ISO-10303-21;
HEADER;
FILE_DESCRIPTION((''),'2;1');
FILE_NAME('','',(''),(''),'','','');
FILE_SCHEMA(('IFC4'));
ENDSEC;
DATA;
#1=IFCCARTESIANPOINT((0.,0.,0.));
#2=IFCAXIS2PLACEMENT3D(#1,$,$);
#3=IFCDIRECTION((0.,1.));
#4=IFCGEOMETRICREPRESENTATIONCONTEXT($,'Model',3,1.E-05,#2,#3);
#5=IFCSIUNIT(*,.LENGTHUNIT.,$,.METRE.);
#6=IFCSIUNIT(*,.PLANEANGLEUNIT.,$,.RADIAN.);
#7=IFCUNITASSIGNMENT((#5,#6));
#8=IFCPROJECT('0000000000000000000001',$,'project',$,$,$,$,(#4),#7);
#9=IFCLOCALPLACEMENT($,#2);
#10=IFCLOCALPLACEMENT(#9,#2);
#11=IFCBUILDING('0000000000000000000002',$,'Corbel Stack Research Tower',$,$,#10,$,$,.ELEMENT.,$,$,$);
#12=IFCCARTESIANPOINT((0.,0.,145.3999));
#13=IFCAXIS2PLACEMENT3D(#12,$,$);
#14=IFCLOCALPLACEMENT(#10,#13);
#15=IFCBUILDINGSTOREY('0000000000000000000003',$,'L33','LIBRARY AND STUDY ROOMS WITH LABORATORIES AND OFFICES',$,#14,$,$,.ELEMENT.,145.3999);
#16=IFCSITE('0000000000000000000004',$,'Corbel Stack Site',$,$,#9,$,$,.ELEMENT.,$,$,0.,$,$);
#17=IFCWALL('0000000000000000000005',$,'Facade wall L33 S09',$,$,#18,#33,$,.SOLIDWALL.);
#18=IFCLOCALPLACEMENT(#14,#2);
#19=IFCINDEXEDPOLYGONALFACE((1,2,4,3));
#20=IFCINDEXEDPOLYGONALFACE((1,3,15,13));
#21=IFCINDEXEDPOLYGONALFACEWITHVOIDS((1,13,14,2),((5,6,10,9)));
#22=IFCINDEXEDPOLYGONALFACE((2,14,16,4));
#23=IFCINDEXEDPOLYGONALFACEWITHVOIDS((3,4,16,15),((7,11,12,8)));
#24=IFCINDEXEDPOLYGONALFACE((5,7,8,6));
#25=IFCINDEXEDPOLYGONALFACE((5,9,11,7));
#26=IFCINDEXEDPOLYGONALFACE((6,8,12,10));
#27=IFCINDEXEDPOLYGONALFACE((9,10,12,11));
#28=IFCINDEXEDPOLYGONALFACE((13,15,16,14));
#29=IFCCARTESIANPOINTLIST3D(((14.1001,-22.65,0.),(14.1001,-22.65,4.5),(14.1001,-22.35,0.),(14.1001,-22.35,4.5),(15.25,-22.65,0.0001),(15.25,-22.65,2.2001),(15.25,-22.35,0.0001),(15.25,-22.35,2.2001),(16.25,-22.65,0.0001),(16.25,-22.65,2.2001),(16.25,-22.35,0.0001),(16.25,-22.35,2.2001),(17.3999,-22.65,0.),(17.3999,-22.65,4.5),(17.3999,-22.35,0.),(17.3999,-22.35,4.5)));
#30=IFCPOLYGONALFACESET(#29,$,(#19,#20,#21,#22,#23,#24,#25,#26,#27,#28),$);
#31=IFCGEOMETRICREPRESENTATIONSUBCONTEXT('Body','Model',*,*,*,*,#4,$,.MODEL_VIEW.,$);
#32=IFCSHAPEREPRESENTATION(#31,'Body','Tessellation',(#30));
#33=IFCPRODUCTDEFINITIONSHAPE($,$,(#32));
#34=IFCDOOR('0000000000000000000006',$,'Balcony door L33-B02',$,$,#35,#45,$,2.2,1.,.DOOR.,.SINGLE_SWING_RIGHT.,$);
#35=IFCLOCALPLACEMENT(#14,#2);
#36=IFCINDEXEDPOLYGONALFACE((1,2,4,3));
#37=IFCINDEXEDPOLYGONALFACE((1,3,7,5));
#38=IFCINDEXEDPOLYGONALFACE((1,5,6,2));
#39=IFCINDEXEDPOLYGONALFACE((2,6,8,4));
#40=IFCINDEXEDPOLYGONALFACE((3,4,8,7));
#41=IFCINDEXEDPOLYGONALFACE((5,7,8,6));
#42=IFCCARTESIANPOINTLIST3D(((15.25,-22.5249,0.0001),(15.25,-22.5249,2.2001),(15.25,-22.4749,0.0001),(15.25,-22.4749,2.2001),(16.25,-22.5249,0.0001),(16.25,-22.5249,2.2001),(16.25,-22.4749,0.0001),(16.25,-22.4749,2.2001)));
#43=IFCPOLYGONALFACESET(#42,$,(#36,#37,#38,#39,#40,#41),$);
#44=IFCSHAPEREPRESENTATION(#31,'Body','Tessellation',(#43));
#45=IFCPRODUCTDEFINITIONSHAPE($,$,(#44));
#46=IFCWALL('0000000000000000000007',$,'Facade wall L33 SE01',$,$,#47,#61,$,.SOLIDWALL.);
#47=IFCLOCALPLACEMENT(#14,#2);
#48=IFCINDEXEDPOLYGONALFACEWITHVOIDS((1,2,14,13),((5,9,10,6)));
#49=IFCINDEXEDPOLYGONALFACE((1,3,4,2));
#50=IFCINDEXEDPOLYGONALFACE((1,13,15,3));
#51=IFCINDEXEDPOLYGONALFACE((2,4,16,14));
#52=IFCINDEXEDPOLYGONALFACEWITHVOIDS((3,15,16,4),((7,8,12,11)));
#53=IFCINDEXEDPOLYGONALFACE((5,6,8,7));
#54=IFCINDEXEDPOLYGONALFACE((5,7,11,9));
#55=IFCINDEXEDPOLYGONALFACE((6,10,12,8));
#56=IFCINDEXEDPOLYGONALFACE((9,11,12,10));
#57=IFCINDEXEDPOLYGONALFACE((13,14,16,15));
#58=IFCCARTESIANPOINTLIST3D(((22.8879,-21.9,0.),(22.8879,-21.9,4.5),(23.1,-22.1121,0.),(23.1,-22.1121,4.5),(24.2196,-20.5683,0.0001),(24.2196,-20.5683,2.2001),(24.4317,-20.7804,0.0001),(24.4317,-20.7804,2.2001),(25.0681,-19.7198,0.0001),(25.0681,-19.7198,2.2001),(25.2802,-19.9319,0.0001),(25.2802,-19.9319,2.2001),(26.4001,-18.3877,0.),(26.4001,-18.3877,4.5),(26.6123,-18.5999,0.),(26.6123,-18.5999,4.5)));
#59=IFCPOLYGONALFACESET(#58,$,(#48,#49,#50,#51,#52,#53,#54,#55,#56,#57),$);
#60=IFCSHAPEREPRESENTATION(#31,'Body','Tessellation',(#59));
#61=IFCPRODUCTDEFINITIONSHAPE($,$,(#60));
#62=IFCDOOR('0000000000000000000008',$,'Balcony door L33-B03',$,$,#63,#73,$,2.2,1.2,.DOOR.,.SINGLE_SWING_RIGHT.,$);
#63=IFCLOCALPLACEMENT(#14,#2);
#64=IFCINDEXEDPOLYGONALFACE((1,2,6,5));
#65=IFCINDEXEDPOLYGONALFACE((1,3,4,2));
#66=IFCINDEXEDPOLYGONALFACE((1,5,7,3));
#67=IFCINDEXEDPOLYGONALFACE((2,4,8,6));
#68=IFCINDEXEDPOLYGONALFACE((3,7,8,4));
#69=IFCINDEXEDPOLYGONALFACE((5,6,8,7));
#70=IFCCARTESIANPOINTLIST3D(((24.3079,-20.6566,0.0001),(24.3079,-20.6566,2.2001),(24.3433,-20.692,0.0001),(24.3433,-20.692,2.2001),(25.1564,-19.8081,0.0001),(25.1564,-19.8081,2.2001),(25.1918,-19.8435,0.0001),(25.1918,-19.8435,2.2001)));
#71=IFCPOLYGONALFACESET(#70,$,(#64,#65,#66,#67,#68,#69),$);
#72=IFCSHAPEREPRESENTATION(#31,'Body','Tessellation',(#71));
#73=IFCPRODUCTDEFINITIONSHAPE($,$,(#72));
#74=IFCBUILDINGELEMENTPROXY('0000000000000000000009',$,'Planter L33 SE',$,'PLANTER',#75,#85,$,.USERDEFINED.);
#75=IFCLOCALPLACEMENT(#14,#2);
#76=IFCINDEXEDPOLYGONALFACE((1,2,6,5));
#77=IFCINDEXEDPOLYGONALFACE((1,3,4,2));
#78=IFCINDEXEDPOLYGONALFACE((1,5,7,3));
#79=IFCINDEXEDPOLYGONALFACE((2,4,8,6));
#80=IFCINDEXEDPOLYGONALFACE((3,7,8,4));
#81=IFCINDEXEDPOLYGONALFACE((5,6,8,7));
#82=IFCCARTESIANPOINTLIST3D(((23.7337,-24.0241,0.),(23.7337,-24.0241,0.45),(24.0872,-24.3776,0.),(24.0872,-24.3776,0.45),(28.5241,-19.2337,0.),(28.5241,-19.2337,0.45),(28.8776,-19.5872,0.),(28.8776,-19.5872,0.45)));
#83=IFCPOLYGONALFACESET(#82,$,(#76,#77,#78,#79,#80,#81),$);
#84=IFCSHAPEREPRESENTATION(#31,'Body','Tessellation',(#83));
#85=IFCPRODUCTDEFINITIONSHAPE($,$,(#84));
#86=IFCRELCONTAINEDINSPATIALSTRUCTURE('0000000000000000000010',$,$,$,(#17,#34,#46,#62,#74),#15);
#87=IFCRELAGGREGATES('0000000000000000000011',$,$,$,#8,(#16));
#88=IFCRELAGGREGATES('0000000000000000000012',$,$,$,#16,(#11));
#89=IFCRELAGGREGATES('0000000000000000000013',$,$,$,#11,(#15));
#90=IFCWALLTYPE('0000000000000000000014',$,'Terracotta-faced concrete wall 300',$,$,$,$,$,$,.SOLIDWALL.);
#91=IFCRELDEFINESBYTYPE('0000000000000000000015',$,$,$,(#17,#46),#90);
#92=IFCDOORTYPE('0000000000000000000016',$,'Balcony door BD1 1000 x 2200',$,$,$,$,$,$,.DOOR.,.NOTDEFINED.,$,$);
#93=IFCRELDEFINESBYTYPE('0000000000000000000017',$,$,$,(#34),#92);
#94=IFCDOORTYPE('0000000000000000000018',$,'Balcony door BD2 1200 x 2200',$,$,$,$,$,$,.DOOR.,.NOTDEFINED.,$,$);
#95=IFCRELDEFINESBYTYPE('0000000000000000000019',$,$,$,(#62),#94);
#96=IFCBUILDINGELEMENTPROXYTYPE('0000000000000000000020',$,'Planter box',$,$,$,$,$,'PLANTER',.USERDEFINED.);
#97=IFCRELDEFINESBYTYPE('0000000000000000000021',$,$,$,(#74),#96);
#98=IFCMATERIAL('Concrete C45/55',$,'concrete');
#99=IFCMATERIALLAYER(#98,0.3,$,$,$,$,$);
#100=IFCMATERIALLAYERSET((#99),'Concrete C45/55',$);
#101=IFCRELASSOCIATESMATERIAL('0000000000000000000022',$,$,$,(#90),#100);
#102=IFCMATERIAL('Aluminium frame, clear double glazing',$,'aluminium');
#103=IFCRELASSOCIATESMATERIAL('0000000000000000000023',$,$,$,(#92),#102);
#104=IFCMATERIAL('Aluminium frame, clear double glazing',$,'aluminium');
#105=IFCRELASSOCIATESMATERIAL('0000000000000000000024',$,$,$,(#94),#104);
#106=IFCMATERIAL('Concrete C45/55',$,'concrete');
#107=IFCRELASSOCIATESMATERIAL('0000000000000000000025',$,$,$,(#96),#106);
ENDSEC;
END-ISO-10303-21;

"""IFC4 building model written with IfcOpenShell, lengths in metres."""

from ifc_helpers import new_model, si_unit, direction, frame, frame_2d, origin, origin_2d, place, context, subcontext, project, spatial, rectangle, extrude, material, layer, layer_set, type_object, element, fill, save


model = new_model("IFC4")

# Units and contexts
model_context = context("Model", 3, precision=1e-05, world=origin(), true_north=direction((0.0, 1.0)))
body_context = subcontext(model_context, "Body", "Model", "MODEL_VIEW")
ifc_project = project(units=[si_unit("LENGTHUNIT", "METRE"), si_unit("PLANEANGLEUNIT", "RADIAN")], contexts=[model_context])

# Site, building, storey
site_placement = place(None, origin())
site = spatial("IfcSite", under=ifc_project, at=site_placement, Name="Corbel Stack Site", CompositionType="ELEMENT", RefElevation=0.0)
building_placement = place(site_placement, origin())
building = spatial("IfcBuilding", under=site, at=building_placement, Name="Corbel Stack Research Tower", CompositionType="ELEMENT")
storey_placement = place(building_placement, frame((0.0, 0.0, 145.3999)))
storey = spatial("IfcBuildingStorey", under=building, at=storey_placement, Name="L33", Description="LIBRARY AND STUDY ROOMS WITH LABORATORIES AND OFFICES", CompositionType="ELEMENT", Elevation=145.3999)

# Walls, openings, doors
ifc_material_1 = material(Name="Concrete C45/55", Category="concrete")
ifc_layer_1 = layer(ifc_material_1, 0.3)
ifc_layer_set_1 = layer_set([ifc_layer_1], Name="Concrete C45/55")
wall_type_1 = type_object("IfcWallType", Name="Terracotta-faced concrete wall 300", PredefinedType="SOLIDWALL", material=ifc_layer_set_1)
wall_1_placement = place(storey_placement, frame((17.3999, -22.5, 0.0), z_axis=(0.0, 0.0, 1.0), x_axis=(-1.0, 0.0, 0.0)))
wall_1 = element("IfcWall", 1, at=wall_1_placement, inside=storey, type_object=wall_type_1, Name="Facade wall L33 S09", PredefinedType="SOLIDWALL", context=body_context, shape_type="SweptSolid", body=[
    extrude(rectangle(XDim=3.2998, YDim=0.3, at=frame_2d((1.6499, 0.0))), origin(), (0.0, 0.0, 1.0), 4.5),
])
opening_1_placement = place(wall_1_placement, frame((1.1499, 0.0, 0.0)))
opening_1 = element("IfcOpeningElement", 2, at=opening_1_placement, cuts=wall_1, PredefinedType="OPENING", context=body_context, shape_type="SweptSolid", body=[
    extrude(rectangle(XDim=1.0, YDim=2.2, at=frame_2d((0.5, 1.1001))), frame((0.0, 0.1599, 0.0), z_axis=(0.0, -1.0, 0.0), x_axis=(1.0, 0.0, 0.0)), (0.0, 0.0, 1.0), 0.3201),
])
ifc_material_2 = material(Name="Aluminium frame, clear double glazing", Category="aluminium")
door_type_1 = type_object("IfcDoorType", Name="Balcony door BD1 1000 x 2200", OperationType="NOTDEFINED", PredefinedType="DOOR", material=ifc_material_2)
door_1_placement = place(opening_1_placement, origin())
door_1 = element("IfcDoor", 3, at=door_1_placement, inside=storey, type_object=door_type_1, Name="Balcony door L33-B02", OperationType="SINGLE_SWING_RIGHT", OverallHeight=2.2, OverallWidth=1.0, PredefinedType="DOOR", context=body_context, shape_type="SweptSolid", body=[
    extrude(rectangle(XDim=1.0, YDim=2.2, at=frame_2d((0.5, 1.1001))), frame((0.0, 0.0249, 0.0), z_axis=(0.0, -1.0, 0.0), x_axis=(1.0, 0.0, 0.0)), (0.0, 0.0, 1.0), 0.05),
])
fill(opening_1, door_1)
wall_2_placement = place(storey_placement, frame((26.5061, -18.4939, 0.0), z_axis=(0.0, 0.0, 1.0), x_axis=(-0.707107, -0.707107, 0.0)))
wall_2 = element("IfcWall", 4, at=wall_2_placement, inside=storey, type_object=wall_type_1, Name="Facade wall L33 SE01", PredefinedType="SOLIDWALL", context=body_context, shape_type="SweptSolid", body=[
    extrude(rectangle(XDim=4.967, YDim=0.3, at=frame_2d((2.4834, 0.0))), origin(), (0.0, 0.0, 1.0), 4.5),
])
opening_2_placement = place(wall_2_placement, frame((1.8835, 0.0, 0.0)))
opening_2 = element("IfcOpeningElement", 5, at=opening_2_placement, cuts=wall_2, PredefinedType="OPENING", context=body_context, shape_type="SweptSolid", body=[
    extrude(rectangle(XDim=1.2, YDim=2.2, at=frame_2d((0.6001, 1.1001))), frame((0.0, 0.1599, 0.0), z_axis=(0.0, -1.0, 0.0), x_axis=(1.0, 0.0, 0.0)), (0.0, 0.0, 1.0), 0.3201),
])
ifc_material_3 = material(Name="Aluminium frame, clear double glazing", Category="aluminium")
door_type_2 = type_object("IfcDoorType", Name="Balcony door BD2 1200 x 2200", OperationType="NOTDEFINED", PredefinedType="DOOR", material=ifc_material_3)
door_2_placement = place(opening_2_placement, origin())
door_2 = element("IfcDoor", 6, at=door_2_placement, inside=storey, type_object=door_type_2, Name="Balcony door L33-B03", OperationType="SINGLE_SWING_RIGHT", OverallHeight=2.2, OverallWidth=1.2, PredefinedType="DOOR", context=body_context, shape_type="SweptSolid", body=[
    extrude(rectangle(XDim=1.2, YDim=2.2, at=frame_2d((0.6001, 1.1001))), frame((0.0, 0.0249, 0.0), z_axis=(0.0, -1.0, 0.0), x_axis=(1.0, 0.0, 0.0)), (0.0, 0.0, 1.0), 0.05),
])
fill(opening_2, door_2)

# Building element proxy
ifc_material_4 = material(Name="Concrete C45/55", Category="concrete")
building_element_proxy_type = type_object("IfcBuildingElementProxyType", Name="Planter box", ElementType="PLANTER", PredefinedType="USERDEFINED", material=ifc_material_4)
proxy_placement = place(storey_placement, frame((26.3057, -21.8057, 0.0), z_axis=(0.0, 0.0, 1.0), x_axis=(0.707107, 0.707107, 0.0)))
element("IfcBuildingElementProxy", 7, at=proxy_placement, inside=storey, type_object=building_element_proxy_type, Name="Planter L33 SE", ObjectType="PLANTER", PredefinedType="USERDEFINED", context=body_context, shape_type="SweptSolid", body=[
    extrude(rectangle(XDim=6.7747, YDim=0.5, at=origin_2d()), origin(), (0.0, 0.0, 1.0), 0.45),
])

save(model, "model.ifc")
